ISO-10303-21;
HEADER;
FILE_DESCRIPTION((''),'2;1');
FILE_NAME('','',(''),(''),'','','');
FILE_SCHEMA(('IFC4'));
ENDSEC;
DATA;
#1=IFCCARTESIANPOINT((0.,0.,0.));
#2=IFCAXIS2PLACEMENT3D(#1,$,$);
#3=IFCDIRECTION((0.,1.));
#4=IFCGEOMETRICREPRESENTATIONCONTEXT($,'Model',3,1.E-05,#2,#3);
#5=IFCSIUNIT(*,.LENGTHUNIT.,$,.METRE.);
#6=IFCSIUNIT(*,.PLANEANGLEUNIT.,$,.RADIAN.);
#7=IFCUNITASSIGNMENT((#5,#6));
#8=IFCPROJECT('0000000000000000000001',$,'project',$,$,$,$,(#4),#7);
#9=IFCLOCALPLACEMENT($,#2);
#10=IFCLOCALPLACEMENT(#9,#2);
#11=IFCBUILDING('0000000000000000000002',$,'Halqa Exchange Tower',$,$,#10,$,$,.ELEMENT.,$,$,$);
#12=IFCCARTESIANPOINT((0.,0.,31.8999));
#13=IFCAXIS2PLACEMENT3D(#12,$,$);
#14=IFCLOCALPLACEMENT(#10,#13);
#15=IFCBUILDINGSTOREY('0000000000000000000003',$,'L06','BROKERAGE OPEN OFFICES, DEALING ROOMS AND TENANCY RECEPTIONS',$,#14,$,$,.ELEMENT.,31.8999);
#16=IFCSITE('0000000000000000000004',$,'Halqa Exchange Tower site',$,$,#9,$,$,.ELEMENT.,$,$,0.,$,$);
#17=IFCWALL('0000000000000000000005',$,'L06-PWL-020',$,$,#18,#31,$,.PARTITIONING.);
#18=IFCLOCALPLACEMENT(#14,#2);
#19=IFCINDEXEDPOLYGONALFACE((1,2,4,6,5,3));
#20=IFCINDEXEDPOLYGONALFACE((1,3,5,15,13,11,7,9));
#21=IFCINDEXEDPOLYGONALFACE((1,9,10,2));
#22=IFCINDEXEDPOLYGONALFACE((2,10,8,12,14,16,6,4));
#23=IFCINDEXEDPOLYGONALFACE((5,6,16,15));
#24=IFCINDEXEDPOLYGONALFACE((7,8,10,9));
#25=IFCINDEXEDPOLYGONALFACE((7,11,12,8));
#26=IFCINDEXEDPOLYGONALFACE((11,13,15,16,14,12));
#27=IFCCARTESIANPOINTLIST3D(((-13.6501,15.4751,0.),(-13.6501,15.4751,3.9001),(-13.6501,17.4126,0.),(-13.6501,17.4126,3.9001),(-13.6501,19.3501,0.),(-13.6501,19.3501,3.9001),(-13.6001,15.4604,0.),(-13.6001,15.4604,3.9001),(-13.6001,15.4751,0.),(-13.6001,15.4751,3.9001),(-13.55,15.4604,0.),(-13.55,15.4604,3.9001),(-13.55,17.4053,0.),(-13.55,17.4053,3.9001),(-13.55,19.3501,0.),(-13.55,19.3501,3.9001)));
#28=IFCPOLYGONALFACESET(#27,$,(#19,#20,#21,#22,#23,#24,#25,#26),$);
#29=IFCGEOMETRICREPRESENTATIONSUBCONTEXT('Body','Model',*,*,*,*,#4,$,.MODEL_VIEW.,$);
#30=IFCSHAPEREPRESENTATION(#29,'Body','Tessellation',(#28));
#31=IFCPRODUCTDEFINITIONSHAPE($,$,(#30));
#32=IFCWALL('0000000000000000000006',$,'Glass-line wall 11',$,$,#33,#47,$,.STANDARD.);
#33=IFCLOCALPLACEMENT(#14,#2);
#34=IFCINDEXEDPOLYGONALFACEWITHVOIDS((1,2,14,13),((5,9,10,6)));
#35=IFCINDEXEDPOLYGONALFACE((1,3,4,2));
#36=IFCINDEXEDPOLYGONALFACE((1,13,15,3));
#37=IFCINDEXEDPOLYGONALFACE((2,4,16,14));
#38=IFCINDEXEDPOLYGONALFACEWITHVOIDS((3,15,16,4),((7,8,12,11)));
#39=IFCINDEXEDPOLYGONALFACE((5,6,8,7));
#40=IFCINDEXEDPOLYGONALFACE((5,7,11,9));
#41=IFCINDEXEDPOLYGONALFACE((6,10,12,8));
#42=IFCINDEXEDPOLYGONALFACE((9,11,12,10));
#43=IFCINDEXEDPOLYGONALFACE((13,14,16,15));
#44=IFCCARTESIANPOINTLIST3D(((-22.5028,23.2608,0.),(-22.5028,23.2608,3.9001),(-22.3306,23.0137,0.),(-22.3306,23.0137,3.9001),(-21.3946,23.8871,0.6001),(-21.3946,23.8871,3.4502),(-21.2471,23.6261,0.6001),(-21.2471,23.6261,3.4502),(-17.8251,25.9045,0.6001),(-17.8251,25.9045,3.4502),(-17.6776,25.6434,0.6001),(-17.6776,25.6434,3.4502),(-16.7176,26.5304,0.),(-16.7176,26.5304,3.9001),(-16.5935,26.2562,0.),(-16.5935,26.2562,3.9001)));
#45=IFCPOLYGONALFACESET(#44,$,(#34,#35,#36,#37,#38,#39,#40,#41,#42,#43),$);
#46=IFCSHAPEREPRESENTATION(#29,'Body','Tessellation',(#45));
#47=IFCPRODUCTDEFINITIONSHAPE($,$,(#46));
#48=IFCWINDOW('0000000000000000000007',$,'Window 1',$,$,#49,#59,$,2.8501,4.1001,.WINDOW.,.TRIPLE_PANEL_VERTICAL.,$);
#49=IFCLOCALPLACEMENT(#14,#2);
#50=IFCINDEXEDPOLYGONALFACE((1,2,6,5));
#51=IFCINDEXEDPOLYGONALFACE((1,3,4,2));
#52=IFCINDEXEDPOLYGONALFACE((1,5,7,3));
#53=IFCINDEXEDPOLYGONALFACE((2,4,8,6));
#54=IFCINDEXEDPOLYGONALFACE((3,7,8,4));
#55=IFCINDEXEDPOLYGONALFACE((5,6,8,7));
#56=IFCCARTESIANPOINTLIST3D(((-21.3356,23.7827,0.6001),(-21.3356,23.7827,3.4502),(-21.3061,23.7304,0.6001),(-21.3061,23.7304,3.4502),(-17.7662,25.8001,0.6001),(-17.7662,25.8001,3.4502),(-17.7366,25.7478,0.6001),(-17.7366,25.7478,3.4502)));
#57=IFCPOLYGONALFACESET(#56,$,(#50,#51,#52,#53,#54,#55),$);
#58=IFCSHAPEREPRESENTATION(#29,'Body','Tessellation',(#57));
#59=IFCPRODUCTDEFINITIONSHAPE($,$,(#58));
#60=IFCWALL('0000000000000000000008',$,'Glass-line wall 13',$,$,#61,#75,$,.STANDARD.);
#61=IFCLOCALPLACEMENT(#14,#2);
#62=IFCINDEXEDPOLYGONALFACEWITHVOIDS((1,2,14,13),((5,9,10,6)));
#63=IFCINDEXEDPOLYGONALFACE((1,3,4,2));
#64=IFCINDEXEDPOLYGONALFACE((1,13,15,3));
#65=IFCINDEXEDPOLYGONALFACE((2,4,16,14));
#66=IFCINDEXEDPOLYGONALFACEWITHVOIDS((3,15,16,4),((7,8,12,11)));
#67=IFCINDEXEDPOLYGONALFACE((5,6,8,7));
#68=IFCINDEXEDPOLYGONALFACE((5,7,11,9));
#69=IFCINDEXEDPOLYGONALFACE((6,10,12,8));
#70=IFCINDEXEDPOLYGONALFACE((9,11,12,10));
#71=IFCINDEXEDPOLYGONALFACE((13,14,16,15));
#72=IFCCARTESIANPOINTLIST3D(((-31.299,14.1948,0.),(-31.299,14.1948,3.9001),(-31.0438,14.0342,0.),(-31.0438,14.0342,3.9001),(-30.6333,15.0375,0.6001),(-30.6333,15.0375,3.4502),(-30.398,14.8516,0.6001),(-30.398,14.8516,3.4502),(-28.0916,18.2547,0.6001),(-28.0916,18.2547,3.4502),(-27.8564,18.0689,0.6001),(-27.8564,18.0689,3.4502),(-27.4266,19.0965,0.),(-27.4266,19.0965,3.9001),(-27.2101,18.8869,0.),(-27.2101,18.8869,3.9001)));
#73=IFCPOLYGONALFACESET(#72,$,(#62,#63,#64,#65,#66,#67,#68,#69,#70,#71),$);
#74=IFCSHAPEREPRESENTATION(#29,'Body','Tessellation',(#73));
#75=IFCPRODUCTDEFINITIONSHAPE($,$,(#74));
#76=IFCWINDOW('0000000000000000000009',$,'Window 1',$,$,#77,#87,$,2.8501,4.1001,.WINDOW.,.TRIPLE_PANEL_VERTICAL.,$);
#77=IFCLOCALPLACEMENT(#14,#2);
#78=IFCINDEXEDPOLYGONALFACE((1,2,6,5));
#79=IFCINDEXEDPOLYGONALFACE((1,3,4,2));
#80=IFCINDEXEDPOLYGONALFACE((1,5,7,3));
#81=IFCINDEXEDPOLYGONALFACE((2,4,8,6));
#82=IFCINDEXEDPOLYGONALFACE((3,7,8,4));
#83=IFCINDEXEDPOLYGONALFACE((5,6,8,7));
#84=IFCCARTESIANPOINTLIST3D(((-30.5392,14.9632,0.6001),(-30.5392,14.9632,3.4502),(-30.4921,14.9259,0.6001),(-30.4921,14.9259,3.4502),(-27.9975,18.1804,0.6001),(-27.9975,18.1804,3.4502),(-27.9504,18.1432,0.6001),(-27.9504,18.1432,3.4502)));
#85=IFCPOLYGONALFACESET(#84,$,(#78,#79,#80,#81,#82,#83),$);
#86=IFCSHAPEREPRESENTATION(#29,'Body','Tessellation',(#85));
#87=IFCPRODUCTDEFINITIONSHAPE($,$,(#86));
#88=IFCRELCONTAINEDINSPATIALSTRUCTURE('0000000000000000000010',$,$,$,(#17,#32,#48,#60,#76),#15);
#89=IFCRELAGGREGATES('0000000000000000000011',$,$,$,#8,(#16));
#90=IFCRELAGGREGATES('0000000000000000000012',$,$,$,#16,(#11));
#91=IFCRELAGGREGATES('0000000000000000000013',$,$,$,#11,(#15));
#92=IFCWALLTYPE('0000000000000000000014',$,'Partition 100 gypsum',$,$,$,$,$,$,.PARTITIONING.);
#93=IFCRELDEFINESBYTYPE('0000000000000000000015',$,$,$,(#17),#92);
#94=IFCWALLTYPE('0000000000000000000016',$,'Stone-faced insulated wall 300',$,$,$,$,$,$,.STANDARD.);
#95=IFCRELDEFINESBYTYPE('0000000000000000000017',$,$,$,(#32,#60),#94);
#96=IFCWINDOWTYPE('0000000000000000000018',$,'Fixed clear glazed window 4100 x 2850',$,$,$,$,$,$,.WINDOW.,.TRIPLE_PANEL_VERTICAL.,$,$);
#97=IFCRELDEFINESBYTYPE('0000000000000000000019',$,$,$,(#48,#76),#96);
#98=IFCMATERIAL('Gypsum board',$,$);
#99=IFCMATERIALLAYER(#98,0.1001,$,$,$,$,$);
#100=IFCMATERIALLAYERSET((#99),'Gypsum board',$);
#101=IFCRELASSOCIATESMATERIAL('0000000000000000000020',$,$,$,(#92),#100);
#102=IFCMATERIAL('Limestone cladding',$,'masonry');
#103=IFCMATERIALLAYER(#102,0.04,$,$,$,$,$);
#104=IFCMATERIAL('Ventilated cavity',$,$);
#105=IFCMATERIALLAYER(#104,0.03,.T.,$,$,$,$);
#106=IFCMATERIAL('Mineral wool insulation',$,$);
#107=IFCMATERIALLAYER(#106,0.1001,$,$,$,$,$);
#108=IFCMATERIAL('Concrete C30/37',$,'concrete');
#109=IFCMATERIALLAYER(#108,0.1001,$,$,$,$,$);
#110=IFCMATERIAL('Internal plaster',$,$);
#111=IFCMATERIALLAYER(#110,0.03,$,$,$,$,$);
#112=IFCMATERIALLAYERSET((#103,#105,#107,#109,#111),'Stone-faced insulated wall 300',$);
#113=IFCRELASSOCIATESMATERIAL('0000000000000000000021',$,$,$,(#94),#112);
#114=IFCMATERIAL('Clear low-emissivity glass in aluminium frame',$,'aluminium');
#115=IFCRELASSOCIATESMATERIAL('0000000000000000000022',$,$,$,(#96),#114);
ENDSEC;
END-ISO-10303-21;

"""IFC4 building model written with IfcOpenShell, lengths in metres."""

from ifc_helpers import new_model, si_unit, direction, frame, frame_2d, origin, place, context, subcontext, project, spatial, polyline, rectangle, outline, extrude, material, layer, layer_set, type_object, element, fill, save


model = new_model("IFC4")

# Units and contexts
model_context = context("Model", 3, precision=1e-05, world=origin(), true_north=direction((0.0, 1.0)))
body_context = subcontext(model_context, "Body", "Model", "MODEL_VIEW")
ifc_project = project(units=[si_unit("LENGTHUNIT", "METRE"), si_unit("PLANEANGLEUNIT", "RADIAN")], contexts=[model_context])

# Site, building, storey
site_placement = place(None, origin())
site = spatial("IfcSite", under=ifc_project, at=site_placement, Name="Halqa Exchange Tower site", CompositionType="ELEMENT", RefElevation=0.0)
building_placement = place(site_placement, origin())
building = spatial("IfcBuilding", under=site, at=building_placement, Name="Halqa Exchange Tower", CompositionType="ELEMENT")
storey_placement = place(building_placement, frame((0.0, 0.0, 31.8999)))
storey = spatial("IfcBuildingStorey", under=building, at=storey_placement, Name="L06", Description="BROKERAGE OPEN OFFICES, DEALING ROOMS AND TENANCY RECEPTIONS", CompositionType="ELEMENT", Elevation=31.8999)

# Wall
ifc_material_1 = material(Name="Gypsum board")
ifc_layer_1 = layer(ifc_material_1, 0.1001)
ifc_layer_set_1 = layer_set([ifc_layer_1], Name="Gypsum board")
wall_type_1 = type_object("IfcWallType", Name="Partition 100 gypsum", PredefinedType="PARTITIONING", material=ifc_layer_set_1)
wall_1_placement = place(storey_placement, frame((-13.6001, 19.3501, 0.0), z_axis=(0.0, 0.0, 1.0), x_axis=(0.0, -1.0, 0.0)))
element("IfcWall", 1, at=wall_1_placement, inside=storey, type_object=wall_type_1, Name="L06-PWL-020", PredefinedType="PARTITIONING", context=body_context, shape_type="SweptSolid", body=[
    extrude(outline(polyline([(0.0, -0.05), (1.9375, -0.05), (3.875, -0.05), (3.875, 0.0), (3.8896, 0.0), (3.8896, 0.05), (1.9448, 0.05), (0.0, 0.05), (0.0, -0.05)])), origin(), (0.0, 0.0, 1.0), 3.9001),
])

# Wall, opening, window
ifc_material_2 = material(Name="Limestone cladding", Category="masonry")
ifc_layer_2 = layer(ifc_material_2, 0.04)
ifc_material_3 = material(Name="Ventilated cavity")
ifc_layer_3 = layer(ifc_material_3, 0.03, ventilated=True)
ifc_material_4 = material(Name="Mineral wool insulation")
ifc_layer_4 = layer(ifc_material_4, 0.1001)
ifc_material_5 = material(Name="Concrete C30/37", Category="concrete")
ifc_layer_5 = layer(ifc_material_5, 0.1001)
ifc_material_6 = material(Name="Internal plaster")
ifc_layer_6 = layer(ifc_material_6, 0.03)
ifc_layer_set_2 = layer_set([ifc_layer_2, ifc_layer_3, ifc_layer_4, ifc_layer_5, ifc_layer_6], Name="Stone-faced insulated wall 300")
wall_type_2 = type_object("IfcWallType", Name="Stone-faced insulated wall 300", PredefinedType="STANDARD", material=ifc_layer_set_2)
wall_2_placement = place(storey_placement, frame((-16.6555, 26.3933, 0.0), z_axis=(0.0, 0.0, 1.0), x_axis=(-0.870579, -0.492029, 0.0)))
wall_2 = element("IfcWall", 2, at=wall_2_placement, inside=storey, type_object=wall_type_2, Name="Glass-line wall 11", PredefinedType="STANDARD", context=body_context, shape_type="SweptSolid", body=[
    extrude(outline(polyline([(-0.0134, -0.1499), (6.6318, -0.1499), (6.6035, 0.1499), (0.0134, 0.1499), (-0.0134, -0.1499)])), origin(), (0.0, 0.0, 1.0), 3.9001),
])
opening_1_placement = place(wall_2_placement, frame((1.2588, 0.0, 0.6001)))
opening_1 = element("IfcOpeningElement", 3, at=opening_1_placement, cuts=wall_2, PredefinedType="OPENING", context=body_context, shape_type="SweptSolid", body=[
    extrude(rectangle(XDim=4.1001, YDim=2.8501, at=frame_2d((2.05, 1.425))), frame((0.0, 0.1621, 0.0), z_axis=(0.0, -1.0, 0.0), x_axis=(1.0, 0.0, 0.0)), (0.0, 0.0, 1.0), 0.324),
])
ifc_material_7 = material(Name="Clear low-emissivity glass in aluminium frame", Category="aluminium")
window_type = type_object("IfcWindowType", Name="Fixed clear glazed window 4100 x 2850", PartitioningType="TRIPLE_PANEL_VERTICAL", PredefinedType="WINDOW", material=ifc_material_7)
window_1_placement = place(opening_1_placement, origin())
window_1 = element("IfcWindow", 4, at=window_1_placement, inside=storey, type_object=window_type, Name="Window 1", OverallHeight=2.8501, OverallWidth=4.1001, PartitioningType="TRIPLE_PANEL_VERTICAL", PredefinedType="WINDOW", context=body_context, shape_type="SweptSolid", body=[
    extrude(rectangle(XDim=4.1001, YDim=2.8501, at=frame_2d((2.05, 1.425))), frame((0.0, 0.03, 0.0), z_axis=(0.0, -1.0, 0.0), x_axis=(1.0, 0.0, 0.0)), (0.0, 0.0, 1.0), 0.0601),
])
fill(opening_1, window_1)

# Wall, opening, window
wall_3_placement = place(storey_placement, frame((-27.3184, 18.9917, 0.0), z_axis=(0.0, 0.0, 1.0), x_axis=(-0.619903, -0.784679, 0.0)))
wall_3 = element("IfcWall", 5, at=wall_3_placement, inside=storey, type_object=wall_type_2, Name="Glass-line wall 13", PredefinedType="STANDARD", context=body_context, shape_type="SweptSolid", body=[
    extrude(outline(polyline([(-0.0151, -0.1499), (6.2317, -0.1499), (6.1995, 0.1499), (0.0151, 0.1499), (-0.0151, -0.1499)])), origin(), (0.0, 0.0, 1.0), 3.9001),
])
opening_2_placement = place(wall_3_placement, frame((1.0576, 0.0, 0.6001)))
opening_2 = element("IfcOpeningElement", 6, at=opening_2_placement, cuts=wall_3, PredefinedType="OPENING", context=body_context, shape_type="SweptSolid", body=[
    extrude(rectangle(XDim=4.1001, YDim=2.8501, at=frame_2d((2.05, 1.425))), frame((0.0, 0.1621, 0.0), z_axis=(0.0, -1.0, 0.0), x_axis=(1.0, 0.0, 0.0)), (0.0, 0.0, 1.0), 0.324),
])
window_2_placement = place(opening_2_placement, origin())
window_2 = element("IfcWindow", 7, at=window_2_placement, inside=storey, type_object=window_type, Name="Window 1", OverallHeight=2.8501, OverallWidth=4.1001, PartitioningType="TRIPLE_PANEL_VERTICAL", PredefinedType="WINDOW", context=body_context, shape_type="SweptSolid", body=[
    extrude(rectangle(XDim=4.1001, YDim=2.8501, at=frame_2d((2.05, 1.425))), frame((0.0, 0.03, 0.0), z_axis=(0.0, -1.0, 0.0), x_axis=(1.0, 0.0, 0.0)), (0.0, 0.0, 1.0), 0.0601),
])
fill(opening_2, window_2)

save(model, "model.ifc")
